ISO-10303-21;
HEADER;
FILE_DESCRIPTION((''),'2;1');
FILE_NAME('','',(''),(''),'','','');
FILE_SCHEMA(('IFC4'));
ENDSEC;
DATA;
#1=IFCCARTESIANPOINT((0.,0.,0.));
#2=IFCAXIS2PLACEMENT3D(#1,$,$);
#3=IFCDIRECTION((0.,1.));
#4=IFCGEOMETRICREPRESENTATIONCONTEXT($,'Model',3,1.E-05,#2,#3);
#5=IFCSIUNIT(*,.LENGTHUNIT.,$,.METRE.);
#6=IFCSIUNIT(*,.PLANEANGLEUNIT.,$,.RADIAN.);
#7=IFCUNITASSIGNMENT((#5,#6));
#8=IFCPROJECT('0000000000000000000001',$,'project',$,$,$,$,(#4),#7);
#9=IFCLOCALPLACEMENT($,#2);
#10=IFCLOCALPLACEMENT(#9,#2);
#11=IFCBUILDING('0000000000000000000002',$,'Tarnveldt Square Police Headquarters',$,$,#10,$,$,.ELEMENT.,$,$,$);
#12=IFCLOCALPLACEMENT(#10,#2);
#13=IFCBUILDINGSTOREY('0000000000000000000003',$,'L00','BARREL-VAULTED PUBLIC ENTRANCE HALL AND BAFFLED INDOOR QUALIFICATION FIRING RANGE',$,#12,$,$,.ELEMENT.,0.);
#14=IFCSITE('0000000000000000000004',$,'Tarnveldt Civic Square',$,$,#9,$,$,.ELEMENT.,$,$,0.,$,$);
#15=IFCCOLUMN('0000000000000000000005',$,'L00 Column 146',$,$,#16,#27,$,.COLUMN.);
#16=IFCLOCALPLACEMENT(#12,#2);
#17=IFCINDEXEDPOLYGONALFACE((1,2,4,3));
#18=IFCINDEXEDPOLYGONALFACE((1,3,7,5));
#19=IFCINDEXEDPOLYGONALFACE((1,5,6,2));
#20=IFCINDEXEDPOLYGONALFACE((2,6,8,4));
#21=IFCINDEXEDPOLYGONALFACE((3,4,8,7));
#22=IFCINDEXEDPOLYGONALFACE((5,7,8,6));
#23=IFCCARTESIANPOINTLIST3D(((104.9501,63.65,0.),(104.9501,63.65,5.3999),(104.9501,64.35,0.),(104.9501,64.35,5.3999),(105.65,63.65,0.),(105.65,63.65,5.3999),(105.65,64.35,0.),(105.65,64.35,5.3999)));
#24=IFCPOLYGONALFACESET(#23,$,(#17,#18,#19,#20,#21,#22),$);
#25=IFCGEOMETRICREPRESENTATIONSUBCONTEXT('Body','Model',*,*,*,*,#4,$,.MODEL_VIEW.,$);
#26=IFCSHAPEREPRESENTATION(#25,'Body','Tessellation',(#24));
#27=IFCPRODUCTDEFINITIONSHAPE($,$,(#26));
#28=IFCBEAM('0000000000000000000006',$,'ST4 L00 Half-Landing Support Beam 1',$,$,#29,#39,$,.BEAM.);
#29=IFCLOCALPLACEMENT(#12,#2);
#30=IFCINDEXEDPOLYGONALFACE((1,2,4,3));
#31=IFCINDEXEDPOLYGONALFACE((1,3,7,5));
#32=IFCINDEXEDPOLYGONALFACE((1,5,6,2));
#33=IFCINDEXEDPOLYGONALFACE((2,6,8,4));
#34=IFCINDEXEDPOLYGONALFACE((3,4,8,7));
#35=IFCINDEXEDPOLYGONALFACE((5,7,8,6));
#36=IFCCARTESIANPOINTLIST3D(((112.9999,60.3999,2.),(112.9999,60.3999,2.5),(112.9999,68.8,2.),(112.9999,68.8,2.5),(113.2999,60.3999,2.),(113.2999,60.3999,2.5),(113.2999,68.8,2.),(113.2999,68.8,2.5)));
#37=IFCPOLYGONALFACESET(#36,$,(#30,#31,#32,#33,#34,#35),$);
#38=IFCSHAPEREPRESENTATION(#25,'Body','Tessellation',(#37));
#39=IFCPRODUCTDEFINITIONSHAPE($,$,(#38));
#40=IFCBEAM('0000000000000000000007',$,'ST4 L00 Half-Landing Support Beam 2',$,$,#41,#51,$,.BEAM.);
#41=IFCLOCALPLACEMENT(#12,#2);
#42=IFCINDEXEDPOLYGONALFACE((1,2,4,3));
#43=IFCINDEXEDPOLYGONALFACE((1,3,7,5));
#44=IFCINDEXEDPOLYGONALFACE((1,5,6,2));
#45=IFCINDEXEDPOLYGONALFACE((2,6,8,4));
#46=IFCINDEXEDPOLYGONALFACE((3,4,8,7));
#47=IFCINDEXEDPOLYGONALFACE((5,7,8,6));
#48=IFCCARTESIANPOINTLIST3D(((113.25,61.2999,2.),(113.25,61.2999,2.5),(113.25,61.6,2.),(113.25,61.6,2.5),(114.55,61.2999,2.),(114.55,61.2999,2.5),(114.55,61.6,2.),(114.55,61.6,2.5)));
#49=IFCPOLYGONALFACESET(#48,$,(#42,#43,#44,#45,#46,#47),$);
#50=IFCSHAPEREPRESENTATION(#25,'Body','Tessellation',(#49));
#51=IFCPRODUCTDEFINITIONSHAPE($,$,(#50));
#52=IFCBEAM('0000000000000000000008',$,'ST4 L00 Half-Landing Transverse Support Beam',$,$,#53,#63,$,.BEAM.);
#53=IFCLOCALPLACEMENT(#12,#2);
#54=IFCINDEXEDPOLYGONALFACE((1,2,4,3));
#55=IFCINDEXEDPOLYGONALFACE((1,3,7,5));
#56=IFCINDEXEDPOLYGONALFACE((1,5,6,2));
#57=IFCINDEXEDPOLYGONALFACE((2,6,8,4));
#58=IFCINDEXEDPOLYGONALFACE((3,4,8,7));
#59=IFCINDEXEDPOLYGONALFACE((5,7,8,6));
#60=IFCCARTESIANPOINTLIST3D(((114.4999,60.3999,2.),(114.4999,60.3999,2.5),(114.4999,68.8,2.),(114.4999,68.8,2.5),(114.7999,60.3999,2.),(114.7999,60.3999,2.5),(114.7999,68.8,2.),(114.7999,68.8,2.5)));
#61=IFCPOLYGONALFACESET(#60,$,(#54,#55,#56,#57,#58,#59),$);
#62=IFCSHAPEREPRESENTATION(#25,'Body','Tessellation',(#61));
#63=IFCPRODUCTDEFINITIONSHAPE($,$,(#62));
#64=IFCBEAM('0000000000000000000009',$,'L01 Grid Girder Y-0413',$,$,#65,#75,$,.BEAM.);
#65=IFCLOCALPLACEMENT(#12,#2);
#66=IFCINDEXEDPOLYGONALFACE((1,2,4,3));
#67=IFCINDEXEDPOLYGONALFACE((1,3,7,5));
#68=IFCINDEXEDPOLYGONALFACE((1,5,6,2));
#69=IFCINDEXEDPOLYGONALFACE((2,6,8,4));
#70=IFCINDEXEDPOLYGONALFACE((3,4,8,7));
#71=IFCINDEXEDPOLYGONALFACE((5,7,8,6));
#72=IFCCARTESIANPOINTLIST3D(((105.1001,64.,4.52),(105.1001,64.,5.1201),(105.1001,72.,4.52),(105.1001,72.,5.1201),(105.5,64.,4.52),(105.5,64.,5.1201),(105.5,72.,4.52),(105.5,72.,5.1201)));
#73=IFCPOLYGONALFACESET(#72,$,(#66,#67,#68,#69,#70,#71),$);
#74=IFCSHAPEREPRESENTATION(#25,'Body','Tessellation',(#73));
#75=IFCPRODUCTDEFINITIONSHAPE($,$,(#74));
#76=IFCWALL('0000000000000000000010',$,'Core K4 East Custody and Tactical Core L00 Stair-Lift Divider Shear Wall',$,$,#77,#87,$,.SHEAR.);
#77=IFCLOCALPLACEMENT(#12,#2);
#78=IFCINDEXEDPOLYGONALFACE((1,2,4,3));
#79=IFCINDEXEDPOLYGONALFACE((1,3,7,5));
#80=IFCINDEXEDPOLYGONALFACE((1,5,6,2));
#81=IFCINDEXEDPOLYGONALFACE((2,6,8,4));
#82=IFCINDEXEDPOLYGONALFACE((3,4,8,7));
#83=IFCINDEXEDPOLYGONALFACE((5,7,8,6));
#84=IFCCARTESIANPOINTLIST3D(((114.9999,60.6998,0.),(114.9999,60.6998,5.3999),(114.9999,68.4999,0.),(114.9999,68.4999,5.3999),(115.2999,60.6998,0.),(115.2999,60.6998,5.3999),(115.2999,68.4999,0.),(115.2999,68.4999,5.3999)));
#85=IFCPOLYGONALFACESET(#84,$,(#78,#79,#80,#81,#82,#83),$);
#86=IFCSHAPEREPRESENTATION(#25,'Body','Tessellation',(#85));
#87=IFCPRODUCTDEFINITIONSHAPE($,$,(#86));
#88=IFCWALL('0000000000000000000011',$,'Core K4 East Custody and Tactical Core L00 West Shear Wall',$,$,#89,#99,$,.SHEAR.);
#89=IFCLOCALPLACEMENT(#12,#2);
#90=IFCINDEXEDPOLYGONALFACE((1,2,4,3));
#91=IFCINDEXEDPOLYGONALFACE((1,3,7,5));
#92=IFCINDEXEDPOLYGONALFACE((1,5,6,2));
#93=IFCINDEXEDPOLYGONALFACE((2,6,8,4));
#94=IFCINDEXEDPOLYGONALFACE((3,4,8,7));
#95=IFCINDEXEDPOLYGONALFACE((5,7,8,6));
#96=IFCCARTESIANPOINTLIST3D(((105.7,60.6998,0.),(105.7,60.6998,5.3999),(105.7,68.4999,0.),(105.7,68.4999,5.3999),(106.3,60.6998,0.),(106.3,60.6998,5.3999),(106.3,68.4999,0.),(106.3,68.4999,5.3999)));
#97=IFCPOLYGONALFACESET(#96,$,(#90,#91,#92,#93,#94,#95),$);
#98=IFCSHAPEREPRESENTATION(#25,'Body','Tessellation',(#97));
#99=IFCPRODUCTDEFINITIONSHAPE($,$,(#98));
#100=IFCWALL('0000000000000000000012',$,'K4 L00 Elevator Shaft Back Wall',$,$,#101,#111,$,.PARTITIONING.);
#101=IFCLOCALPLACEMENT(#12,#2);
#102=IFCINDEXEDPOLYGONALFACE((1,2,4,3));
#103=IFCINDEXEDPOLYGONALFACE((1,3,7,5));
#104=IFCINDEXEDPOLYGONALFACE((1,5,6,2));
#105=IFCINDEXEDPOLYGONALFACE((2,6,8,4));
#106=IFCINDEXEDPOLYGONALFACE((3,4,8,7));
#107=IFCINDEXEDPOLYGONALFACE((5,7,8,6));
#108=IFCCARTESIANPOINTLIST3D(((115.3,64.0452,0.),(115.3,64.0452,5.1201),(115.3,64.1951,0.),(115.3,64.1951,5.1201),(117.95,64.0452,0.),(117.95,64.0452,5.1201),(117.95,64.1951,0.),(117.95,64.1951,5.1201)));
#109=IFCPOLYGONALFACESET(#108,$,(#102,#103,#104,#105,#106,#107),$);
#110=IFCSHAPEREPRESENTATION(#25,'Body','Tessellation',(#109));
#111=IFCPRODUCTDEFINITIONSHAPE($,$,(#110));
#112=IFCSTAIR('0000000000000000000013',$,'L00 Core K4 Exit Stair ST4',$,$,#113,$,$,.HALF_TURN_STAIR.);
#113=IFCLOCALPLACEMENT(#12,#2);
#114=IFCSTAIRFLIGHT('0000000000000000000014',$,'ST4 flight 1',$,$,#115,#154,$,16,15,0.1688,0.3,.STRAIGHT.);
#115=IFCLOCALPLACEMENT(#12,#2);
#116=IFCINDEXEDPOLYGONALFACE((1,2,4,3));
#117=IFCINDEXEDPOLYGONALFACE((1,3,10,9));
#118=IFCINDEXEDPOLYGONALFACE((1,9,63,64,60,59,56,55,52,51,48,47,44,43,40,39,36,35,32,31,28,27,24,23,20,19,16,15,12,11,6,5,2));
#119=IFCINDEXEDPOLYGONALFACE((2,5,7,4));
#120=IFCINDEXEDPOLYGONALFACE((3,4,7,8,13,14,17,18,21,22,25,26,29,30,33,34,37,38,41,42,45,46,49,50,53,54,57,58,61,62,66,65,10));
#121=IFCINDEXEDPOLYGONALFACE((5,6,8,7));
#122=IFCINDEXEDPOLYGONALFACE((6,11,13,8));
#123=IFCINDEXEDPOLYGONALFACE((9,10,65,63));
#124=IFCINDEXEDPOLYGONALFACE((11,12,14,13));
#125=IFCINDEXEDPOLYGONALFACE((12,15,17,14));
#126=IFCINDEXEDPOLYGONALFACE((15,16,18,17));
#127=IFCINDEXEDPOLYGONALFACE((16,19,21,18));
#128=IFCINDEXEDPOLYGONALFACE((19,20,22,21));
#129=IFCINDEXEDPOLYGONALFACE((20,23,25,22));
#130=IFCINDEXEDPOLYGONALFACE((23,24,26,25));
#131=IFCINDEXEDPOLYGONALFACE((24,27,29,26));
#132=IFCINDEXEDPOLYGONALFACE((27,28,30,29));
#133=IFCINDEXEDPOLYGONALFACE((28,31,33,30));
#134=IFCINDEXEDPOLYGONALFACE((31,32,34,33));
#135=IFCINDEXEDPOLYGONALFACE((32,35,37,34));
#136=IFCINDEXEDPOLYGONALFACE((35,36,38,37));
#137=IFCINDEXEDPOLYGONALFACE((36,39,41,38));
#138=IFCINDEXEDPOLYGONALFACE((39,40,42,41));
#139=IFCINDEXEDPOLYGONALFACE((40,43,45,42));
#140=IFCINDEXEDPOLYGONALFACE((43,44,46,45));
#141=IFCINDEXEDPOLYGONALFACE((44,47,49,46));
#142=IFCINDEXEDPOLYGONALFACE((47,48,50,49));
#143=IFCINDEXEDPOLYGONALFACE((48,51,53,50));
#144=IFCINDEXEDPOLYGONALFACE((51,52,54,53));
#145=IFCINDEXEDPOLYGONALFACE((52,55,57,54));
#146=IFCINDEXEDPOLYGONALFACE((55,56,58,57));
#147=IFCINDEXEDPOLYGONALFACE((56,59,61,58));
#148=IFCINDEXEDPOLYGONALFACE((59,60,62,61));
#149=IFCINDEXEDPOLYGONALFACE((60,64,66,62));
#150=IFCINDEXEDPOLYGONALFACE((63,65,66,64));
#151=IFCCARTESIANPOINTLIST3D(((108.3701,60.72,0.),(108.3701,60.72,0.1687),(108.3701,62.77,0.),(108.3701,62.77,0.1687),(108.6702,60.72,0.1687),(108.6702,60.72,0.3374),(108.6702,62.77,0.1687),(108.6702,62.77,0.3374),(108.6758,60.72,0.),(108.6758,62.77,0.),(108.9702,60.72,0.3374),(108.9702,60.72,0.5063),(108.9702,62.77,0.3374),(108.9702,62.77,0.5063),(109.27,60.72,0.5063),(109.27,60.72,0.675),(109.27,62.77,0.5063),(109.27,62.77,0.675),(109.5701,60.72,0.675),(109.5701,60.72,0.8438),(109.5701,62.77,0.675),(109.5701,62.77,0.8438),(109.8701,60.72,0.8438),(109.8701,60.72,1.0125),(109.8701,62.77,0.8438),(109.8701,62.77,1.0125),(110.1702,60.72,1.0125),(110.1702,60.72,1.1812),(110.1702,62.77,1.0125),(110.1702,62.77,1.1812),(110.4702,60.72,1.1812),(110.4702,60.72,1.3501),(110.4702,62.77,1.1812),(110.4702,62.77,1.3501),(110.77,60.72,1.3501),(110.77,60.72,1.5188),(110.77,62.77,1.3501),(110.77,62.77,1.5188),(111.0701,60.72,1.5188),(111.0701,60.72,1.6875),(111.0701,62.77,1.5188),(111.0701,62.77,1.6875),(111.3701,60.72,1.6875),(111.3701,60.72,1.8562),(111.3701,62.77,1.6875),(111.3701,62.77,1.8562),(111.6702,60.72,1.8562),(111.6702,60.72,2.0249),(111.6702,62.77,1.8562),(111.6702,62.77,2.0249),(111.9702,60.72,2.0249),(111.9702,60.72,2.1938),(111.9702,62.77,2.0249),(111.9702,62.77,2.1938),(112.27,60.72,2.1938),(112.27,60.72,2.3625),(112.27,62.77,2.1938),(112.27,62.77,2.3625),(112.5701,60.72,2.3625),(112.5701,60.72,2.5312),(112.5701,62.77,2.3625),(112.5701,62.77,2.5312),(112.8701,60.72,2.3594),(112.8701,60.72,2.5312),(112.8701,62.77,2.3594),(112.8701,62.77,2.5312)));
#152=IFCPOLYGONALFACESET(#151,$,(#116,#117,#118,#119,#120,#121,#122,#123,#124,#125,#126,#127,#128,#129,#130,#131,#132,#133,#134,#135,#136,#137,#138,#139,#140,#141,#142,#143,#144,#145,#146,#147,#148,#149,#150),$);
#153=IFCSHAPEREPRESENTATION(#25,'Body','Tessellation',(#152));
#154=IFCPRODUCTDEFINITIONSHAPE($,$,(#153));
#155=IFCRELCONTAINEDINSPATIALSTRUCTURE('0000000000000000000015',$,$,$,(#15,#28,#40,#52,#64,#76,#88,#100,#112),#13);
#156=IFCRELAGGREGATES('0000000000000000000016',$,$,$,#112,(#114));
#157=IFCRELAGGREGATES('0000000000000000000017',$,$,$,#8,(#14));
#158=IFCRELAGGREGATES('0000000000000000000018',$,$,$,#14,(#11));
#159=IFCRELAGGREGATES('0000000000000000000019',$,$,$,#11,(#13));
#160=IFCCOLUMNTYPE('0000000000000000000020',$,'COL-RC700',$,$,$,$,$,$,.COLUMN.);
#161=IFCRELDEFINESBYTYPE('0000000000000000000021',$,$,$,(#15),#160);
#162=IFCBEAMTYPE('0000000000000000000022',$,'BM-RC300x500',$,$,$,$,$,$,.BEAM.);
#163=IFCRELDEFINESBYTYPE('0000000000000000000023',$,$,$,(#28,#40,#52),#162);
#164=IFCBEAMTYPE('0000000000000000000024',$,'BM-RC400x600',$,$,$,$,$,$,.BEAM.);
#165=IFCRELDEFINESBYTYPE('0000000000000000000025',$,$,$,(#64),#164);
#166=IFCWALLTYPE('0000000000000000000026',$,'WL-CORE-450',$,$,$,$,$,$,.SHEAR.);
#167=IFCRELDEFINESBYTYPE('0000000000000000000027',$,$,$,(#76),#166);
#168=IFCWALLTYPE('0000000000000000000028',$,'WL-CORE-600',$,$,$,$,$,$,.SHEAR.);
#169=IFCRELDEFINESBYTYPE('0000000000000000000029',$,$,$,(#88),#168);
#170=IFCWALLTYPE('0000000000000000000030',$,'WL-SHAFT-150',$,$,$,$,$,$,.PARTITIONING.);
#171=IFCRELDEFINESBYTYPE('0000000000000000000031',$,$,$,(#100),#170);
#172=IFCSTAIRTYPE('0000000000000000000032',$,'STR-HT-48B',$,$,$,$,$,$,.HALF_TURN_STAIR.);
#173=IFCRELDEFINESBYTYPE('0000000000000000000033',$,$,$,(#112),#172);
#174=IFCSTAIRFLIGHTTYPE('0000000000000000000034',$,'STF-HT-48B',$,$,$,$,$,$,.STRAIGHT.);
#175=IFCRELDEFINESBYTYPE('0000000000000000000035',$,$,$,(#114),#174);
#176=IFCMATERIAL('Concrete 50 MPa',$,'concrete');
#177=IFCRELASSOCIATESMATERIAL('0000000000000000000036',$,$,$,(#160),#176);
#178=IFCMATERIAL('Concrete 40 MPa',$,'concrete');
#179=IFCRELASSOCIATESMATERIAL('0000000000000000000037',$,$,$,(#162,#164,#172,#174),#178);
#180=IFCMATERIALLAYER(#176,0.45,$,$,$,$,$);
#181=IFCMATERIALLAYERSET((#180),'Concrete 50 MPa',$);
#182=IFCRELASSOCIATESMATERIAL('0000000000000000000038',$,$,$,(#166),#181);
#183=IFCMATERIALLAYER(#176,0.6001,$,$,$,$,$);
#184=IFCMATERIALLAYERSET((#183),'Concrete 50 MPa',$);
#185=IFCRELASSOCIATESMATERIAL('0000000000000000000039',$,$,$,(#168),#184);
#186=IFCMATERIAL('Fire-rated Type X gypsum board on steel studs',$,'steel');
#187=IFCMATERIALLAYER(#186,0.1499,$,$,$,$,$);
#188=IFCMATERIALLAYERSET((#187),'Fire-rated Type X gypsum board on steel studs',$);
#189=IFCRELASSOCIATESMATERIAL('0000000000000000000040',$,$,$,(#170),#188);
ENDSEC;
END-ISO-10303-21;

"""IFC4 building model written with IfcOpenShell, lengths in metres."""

from ifc_helpers import new_model, si_unit, direction, frame, frame_2d, origin, origin_2d, place, context, subcontext, project, spatial, polyline, rectangle, outline, extrude, material, layer, layer_set, material_profile, profile_set, type_object, element, aggregate, save


model = new_model("IFC4")

# Units and contexts
model_context = context("Model", 3, precision=1e-05, world=origin(), true_north=direction((0.0, 1.0)))
body_context = subcontext(model_context, "Body", "Model", "MODEL_VIEW")
ifc_project = project(units=[si_unit("LENGTHUNIT", "METRE"), si_unit("PLANEANGLEUNIT", "RADIAN")], contexts=[model_context])

# Site, building, storey
site_placement = place(None, origin())
site = spatial("IfcSite", under=ifc_project, at=site_placement, Name="Tarnveldt Civic Square", CompositionType="ELEMENT", RefElevation=0.0)
building_placement = place(site_placement, origin())
building = spatial("IfcBuilding", under=site, at=building_placement, Name="Tarnveldt Square Police Headquarters", CompositionType="ELEMENT")
storey_placement = place(building_placement, origin())
storey = spatial("IfcBuildingStorey", under=building, at=storey_placement, Name="L00", Description="BARREL-VAULTED PUBLIC ENTRANCE HALL AND BAFFLED INDOOR QUALIFICATION FIRING RANGE", CompositionType="ELEMENT", Elevation=0.0)

# Column
ifc_material_1 = material(Name="Concrete 50 MPa", Category="concrete")
ifc_material_profile_1 = material_profile(ifc_material_1, rectangle(XDim=0.7, YDim=0.7, at=origin_2d()), Name="RC-C700x700")
ifc_profile_set_1 = profile_set([ifc_material_profile_1], Name="Concrete 50 MPa")
column_type = type_object("IfcColumnType", Name="COL-RC700", PredefinedType="COLUMN", material=ifc_profile_set_1)
column_placement = place(storey_placement, frame((105.3, 64.0, 0.0), z_axis=(0.0, 0.0, 1.0), x_axis=(1.0, 0.0, 0.0)))
element("IfcColumn", 1, at=column_placement, inside=storey, type_object=column_type, Name="L00 Column 146", PredefinedType="COLUMN", context=body_context, shape_type="SweptSolid", body=[
    extrude(rectangle(XDim=0.7, YDim=0.7, at=origin_2d()), origin(), (0.0, 0.0, 1.0), 5.3999),
])

# Beams
ifc_material_2 = material(Name="Concrete 40 MPa", Category="concrete")
ifc_material_profile_2 = material_profile(ifc_material_2, rectangle(XDim=0.3, YDim=0.5, at=origin_2d()), Name="RC-B300x500")
ifc_profile_set_2 = profile_set([ifc_material_profile_2], Name="Concrete 40 MPa")
beam_type_1 = type_object("IfcBeamType", Name="BM-RC300x500", PredefinedType="BEAM", material=ifc_profile_set_2)
beam_1_placement = place(storey_placement, frame((113.1499, 60.3999, 2.25), z_axis=(0.0, 1.0, 0.0), x_axis=(-1.0, 0.0, 0.0)))
element("IfcBeam", 2, at=beam_1_placement, inside=storey, type_object=beam_type_1, Name="ST4 L00 Half-Landing Support Beam 1", PredefinedType="BEAM", context=body_context, shape_type="SweptSolid", body=[
    extrude(rectangle(XDim=0.3, YDim=0.5, at=origin_2d()), origin(), (0.0, 0.0, 1.0), 8.4001),
])
beam_2_placement = place(storey_placement, frame((113.25, 61.45, 2.25), z_axis=(1.0, 0.0, 0.0), x_axis=(0.0, 1.0, 0.0)))
element("IfcBeam", 3, at=beam_2_placement, inside=storey, type_object=beam_type_1, Name="ST4 L00 Half-Landing Support Beam 2", PredefinedType="BEAM", context=body_context, shape_type="SweptSolid", body=[
    extrude(rectangle(XDim=0.3, YDim=0.5, at=origin_2d()), origin(), (0.0, 0.0, 1.0), 1.3),
])
beam_3_placement = place(storey_placement, frame((114.6499, 60.3999, 2.25), z_axis=(0.0, 1.0, 0.0), x_axis=(-1.0, 0.0, 0.0)))
element("IfcBeam", 4, at=beam_3_placement, inside=storey, type_object=beam_type_1, Name="ST4 L00 Half-Landing Transverse Support Beam", PredefinedType="BEAM", context=body_context, shape_type="SweptSolid", body=[
    extrude(rectangle(XDim=0.3, YDim=0.5, at=origin_2d()), origin(), (0.0, 0.0, 1.0), 8.4001),
])
ifc_material_profile_3 = material_profile(ifc_material_2, rectangle(XDim=0.3999, YDim=0.6001, at=origin_2d()), Name="RC-B400x600")
ifc_profile_set_3 = profile_set([ifc_material_profile_3], Name="Concrete 40 MPa")
beam_type_2 = type_object("IfcBeamType", Name="BM-RC400x600", PredefinedType="BEAM", material=ifc_profile_set_3)
beam_4_placement = place(storey_placement, frame((105.3, 64.0, 4.8201), z_axis=(0.0, 1.0, 0.0), x_axis=(-1.0, 0.0, 0.0)))
element("IfcBeam", 5, at=beam_4_placement, inside=storey, type_object=beam_type_2, Name="L01 Grid Girder Y-0413", PredefinedType="BEAM", context=body_context, shape_type="SweptSolid", body=[
    extrude(rectangle(XDim=0.3999, YDim=0.6001, at=origin_2d()), origin(), (0.0, 0.0, 1.0), 8.0),
])

# Walls
ifc_layer_1 = layer(ifc_material_1, 0.45)
ifc_layer_set_1 = layer_set([ifc_layer_1], Name="Concrete 50 MPa")
wall_type_1 = type_object("IfcWallType", Name="WL-CORE-450", PredefinedType="SHEAR", material=ifc_layer_set_1)
wall_1_placement = place(storey_placement, frame((115.1499, 60.7, 0.0), z_axis=(0.0, 0.0, 1.0), x_axis=(0.0, 1.0, 0.0)))
element("IfcWall", 6, at=wall_1_placement, inside=storey, type_object=wall_type_1, Name="Core K4 East Custody and Tactical Core L00 Stair-Lift Divider Shear Wall", PredefinedType="SHEAR", context=body_context, shape_type="SweptSolid", body=[
    extrude(rectangle(XDim=7.8, YDim=0.3, at=frame_2d((3.8999, 0.0))), origin(), (0.0, 0.0, 1.0), 5.3999),
])
ifc_layer_2 = layer(ifc_material_1, 0.6001)
ifc_layer_set_2 = layer_set([ifc_layer_2], Name="Concrete 50 MPa")
wall_type_2 = type_object("IfcWallType", Name="WL-CORE-600", PredefinedType="SHEAR", material=ifc_layer_set_2)
wall_2_placement = place(storey_placement, frame((106.0, 60.7, 0.0), z_axis=(0.0, 0.0, 1.0), x_axis=(0.0, 1.0, 0.0)))
element("IfcWall", 7, at=wall_2_placement, inside=storey, type_object=wall_type_2, Name="Core K4 East Custody and Tactical Core L00 West Shear Wall", PredefinedType="SHEAR", context=body_context, shape_type="SweptSolid", body=[
    extrude(rectangle(XDim=7.8, YDim=0.6001, at=frame_2d((3.8999, 0.0))), origin(), (0.0, 0.0, 1.0), 5.3999),
])
ifc_material_3 = material(Name="Fire-rated Type X gypsum board on steel studs", Category="steel")
ifc_layer_3 = layer(ifc_material_3, 0.1499)
ifc_layer_set_3 = layer_set([ifc_layer_3], Name="Fire-rated Type X gypsum board on steel studs")
wall_type_3 = type_object("IfcWallType", Name="WL-SHAFT-150", PredefinedType="PARTITIONING", material=ifc_layer_set_3)
wall_3_placement = place(storey_placement, frame((115.3, 64.1201, 0.0), z_axis=(0.0, 0.0, 1.0), x_axis=(1.0, 0.0, 0.0)))
element("IfcWall", 8, at=wall_3_placement, inside=storey, type_object=wall_type_3, Name="K4 L00 Elevator Shaft Back Wall", PredefinedType="PARTITIONING", context=body_context, shape_type="SweptSolid", body=[
    extrude(rectangle(XDim=2.6499, YDim=0.1499, at=frame_2d((1.325, 0.0))), origin(), (0.0, 0.0, 1.0), 5.1201),
])

# Stair, stair flight
stair_type = type_object("IfcStairType", Name="STR-HT-48B", PredefinedType="HALF_TURN_STAIR", material=ifc_material_2)
stair_placement = place(storey_placement, origin())
stair = element("IfcStair", 9, at=stair_placement, inside=storey, type_object=stair_type, Name="L00 Core K4 Exit Stair ST4", PredefinedType="HALF_TURN_STAIR")
stair_flight_type = type_object("IfcStairFlightType", Name="STF-HT-48B", PredefinedType="STRAIGHT", material=ifc_material_2)
stair_flight_1_placement = place(storey_placement, frame((108.3701, 61.7451, 0.0), z_axis=(0.0, 0.0, 1.0), x_axis=(1.0, 0.0, 0.0)))
stair_flight_1 = element("IfcStairFlight", 10, at=stair_flight_1_placement, type_object=stair_flight_type, Name="ST4 flight 1", NumberOfRisers=16, NumberOfTreads=15, PredefinedType="STRAIGHT", RiserHeight=0.1688, TreadLength=0.3, context=body_context, shape_type="SweptSolid", body=[
    extrude(outline(polyline([(0.0, 0.0), (0.0, 0.1687), (0.3, 0.1687), (0.3, 0.3374), (0.6001, 0.3374), (0.6001, 0.5063), (0.8999, 0.5063), (0.8999, 0.675), (1.2, 0.675), (1.2, 0.8438), (1.5, 0.8438), (1.5, 1.0125), (1.8, 1.0125), (1.8, 1.1812), (2.1001, 1.1812), (2.1001, 1.3501), (2.3999, 1.3501), (2.3999, 1.5188), (2.7, 1.5188), (2.7, 1.6875), (3.0, 1.6875), (3.0, 1.8562), (3.3, 1.8562), (3.3, 2.0249), (3.6001, 2.0249), (3.6001, 2.1938), (3.8999, 2.1938), (3.8999, 2.3625), (4.2, 2.3625), (4.2, 2.5312), (4.5, 2.5312), (4.5, 2.7), (4.5, 2.3594), (0.3057, 0.0), (0.0, 0.0)])), frame((0.0, 1.0249, 0.0), z_axis=(0.0, -1.0, 0.0), x_axis=(1.0, 0.0, 0.0)), (0.0, 0.0, 1.0), 2.05),
])
aggregate(stair, [stair_flight_1])

save(model, "model.ifc")
